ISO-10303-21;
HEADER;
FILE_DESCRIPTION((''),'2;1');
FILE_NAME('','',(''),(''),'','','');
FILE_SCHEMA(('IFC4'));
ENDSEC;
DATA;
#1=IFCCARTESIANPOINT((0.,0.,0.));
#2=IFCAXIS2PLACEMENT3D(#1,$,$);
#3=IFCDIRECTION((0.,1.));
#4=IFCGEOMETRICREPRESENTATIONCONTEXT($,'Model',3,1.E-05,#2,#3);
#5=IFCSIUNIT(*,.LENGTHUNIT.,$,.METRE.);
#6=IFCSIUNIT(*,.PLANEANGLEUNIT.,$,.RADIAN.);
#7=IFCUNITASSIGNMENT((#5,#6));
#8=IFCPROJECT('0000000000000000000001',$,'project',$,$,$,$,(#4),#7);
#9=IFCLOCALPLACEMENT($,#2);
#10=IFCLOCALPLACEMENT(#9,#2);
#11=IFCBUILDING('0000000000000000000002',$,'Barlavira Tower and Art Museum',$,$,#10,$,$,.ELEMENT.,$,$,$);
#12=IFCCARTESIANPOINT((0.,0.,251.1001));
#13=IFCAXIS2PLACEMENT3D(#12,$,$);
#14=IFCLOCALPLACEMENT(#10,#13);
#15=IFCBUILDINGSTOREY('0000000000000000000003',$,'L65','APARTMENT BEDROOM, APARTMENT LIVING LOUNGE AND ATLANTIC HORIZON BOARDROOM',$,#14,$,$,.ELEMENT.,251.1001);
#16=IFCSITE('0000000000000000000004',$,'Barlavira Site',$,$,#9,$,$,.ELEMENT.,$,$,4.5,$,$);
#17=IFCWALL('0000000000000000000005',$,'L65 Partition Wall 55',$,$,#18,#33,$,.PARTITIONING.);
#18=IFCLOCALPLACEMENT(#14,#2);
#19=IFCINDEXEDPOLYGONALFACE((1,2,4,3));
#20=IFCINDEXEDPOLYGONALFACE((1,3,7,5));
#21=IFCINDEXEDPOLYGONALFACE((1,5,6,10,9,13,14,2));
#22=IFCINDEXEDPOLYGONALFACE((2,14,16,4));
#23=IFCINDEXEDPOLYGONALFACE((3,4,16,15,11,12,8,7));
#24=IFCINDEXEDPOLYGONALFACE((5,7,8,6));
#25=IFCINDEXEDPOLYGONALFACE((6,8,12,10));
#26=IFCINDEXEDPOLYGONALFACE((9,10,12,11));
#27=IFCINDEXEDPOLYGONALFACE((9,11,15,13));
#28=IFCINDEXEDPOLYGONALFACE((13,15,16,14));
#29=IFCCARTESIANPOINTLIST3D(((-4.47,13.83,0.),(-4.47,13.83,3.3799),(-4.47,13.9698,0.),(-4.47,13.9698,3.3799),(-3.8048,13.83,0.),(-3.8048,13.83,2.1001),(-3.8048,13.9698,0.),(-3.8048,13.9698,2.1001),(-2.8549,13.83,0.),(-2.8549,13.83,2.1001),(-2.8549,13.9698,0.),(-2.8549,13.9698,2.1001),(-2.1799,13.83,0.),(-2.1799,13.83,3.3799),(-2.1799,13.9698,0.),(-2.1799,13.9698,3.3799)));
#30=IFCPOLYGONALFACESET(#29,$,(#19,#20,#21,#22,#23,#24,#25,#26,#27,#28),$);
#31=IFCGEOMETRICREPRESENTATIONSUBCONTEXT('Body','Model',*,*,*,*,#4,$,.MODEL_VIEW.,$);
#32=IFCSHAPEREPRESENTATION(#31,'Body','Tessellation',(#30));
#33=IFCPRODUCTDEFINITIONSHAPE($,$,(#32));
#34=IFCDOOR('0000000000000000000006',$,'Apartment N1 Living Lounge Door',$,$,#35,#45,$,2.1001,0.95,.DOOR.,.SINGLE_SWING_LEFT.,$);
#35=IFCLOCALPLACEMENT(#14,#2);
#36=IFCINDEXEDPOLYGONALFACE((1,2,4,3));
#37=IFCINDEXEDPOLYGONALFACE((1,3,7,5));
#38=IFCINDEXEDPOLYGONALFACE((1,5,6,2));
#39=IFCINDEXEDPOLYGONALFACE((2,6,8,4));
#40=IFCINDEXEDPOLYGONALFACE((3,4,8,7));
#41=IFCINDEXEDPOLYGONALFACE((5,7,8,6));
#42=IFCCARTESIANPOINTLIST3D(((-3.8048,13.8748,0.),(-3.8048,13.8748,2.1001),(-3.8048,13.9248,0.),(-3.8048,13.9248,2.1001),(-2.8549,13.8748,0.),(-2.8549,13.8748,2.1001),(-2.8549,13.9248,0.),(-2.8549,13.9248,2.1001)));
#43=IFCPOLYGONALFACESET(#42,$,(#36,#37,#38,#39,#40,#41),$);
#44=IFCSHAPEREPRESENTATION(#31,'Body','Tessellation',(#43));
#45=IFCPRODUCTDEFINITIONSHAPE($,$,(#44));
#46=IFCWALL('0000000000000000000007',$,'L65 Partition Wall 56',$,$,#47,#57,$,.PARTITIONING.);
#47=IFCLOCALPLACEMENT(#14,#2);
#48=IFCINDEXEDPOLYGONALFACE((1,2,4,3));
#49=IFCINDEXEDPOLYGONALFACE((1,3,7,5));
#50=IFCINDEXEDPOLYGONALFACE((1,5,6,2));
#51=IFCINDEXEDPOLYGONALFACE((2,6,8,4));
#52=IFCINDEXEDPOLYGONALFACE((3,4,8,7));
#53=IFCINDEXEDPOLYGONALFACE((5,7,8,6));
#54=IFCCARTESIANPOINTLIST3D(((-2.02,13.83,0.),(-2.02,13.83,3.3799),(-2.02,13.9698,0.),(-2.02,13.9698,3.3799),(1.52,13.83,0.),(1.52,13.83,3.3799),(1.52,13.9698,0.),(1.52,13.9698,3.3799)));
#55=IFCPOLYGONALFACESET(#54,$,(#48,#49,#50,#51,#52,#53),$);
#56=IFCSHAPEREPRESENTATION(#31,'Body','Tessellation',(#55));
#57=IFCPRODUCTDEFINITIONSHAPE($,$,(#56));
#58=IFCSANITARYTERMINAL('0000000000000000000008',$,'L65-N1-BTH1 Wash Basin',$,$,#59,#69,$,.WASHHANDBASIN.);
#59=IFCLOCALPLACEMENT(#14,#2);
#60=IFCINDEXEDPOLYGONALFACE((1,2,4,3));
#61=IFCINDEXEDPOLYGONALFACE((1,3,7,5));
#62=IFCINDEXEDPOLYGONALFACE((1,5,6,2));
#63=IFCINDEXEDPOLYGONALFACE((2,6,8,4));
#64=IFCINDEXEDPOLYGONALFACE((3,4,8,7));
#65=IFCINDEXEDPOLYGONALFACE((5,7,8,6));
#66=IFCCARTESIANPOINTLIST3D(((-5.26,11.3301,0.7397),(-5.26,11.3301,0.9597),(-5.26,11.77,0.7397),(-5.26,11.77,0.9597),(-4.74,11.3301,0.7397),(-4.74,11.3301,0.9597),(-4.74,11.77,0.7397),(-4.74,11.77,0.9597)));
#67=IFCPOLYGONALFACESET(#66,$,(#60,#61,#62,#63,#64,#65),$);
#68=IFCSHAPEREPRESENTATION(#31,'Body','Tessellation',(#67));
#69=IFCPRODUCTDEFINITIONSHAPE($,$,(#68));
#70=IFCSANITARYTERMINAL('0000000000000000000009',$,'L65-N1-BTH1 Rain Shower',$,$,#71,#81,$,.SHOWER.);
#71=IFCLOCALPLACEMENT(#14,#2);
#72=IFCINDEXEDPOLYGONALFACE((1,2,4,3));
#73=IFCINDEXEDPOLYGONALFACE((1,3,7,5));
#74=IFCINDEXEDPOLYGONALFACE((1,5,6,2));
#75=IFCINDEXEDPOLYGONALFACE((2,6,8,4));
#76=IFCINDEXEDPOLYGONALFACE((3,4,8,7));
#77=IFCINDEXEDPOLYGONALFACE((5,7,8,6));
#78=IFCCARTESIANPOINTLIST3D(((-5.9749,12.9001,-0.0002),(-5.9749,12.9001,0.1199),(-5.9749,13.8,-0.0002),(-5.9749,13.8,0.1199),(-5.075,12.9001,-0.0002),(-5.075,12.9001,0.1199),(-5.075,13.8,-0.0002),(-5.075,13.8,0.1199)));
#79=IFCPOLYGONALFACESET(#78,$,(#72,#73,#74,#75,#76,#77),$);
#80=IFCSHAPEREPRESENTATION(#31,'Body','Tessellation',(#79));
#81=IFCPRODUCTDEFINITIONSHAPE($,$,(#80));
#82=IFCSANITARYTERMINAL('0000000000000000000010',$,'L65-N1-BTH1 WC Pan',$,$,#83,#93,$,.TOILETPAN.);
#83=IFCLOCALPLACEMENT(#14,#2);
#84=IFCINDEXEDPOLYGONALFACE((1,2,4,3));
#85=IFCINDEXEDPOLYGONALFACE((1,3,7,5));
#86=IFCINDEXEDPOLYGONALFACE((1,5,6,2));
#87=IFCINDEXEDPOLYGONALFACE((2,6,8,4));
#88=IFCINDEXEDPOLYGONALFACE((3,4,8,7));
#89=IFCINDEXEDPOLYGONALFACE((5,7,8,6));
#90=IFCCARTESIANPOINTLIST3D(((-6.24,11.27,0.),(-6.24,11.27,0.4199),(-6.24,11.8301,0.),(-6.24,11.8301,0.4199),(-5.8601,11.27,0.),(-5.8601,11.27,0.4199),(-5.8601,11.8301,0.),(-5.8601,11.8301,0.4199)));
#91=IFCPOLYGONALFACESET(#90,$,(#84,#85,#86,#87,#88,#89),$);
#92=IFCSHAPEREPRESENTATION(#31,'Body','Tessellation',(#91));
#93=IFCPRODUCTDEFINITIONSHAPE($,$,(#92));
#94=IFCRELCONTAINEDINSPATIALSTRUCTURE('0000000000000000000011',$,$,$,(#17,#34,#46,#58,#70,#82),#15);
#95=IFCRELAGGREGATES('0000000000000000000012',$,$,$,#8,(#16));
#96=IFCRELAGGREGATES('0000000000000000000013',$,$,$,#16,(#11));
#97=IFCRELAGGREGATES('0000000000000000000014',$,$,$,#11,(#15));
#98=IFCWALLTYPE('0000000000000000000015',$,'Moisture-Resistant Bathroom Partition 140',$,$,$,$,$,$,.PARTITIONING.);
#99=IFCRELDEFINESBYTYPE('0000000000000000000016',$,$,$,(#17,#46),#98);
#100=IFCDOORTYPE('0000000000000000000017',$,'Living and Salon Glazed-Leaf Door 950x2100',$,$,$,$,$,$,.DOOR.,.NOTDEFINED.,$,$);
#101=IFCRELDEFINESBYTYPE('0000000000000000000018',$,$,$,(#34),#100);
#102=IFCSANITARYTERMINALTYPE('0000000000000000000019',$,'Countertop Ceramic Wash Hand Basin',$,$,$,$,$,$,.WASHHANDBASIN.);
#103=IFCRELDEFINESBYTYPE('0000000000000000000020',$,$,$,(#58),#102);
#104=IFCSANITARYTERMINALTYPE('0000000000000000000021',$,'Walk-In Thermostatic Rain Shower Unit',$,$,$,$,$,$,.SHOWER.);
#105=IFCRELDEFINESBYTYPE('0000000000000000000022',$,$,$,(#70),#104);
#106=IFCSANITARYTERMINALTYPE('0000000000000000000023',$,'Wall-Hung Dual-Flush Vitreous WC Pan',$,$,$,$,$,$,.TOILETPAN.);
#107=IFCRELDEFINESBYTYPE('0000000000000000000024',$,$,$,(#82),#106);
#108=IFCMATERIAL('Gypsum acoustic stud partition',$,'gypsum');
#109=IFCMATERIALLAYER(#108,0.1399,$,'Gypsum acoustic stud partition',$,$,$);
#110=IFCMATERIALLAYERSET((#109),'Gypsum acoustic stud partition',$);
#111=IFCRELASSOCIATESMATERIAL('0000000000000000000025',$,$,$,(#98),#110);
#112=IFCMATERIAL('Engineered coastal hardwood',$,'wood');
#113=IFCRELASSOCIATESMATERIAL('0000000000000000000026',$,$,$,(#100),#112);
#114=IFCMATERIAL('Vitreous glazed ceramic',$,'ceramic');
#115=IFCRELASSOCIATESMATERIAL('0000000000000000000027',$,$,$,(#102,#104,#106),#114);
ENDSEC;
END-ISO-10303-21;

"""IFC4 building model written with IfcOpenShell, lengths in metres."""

from ifc_helpers import new_model, si_unit, direction, frame, frame_2d, origin, origin_2d, place, context, subcontext, project, spatial, rectangle, extrude, material, layer, layer_set, type_object, element, fill, save


model = new_model("IFC4")

# Units and contexts
model_context = context("Model", 3, precision=1e-05, world=origin(), true_north=direction((0.0, 1.0)))
body_context = subcontext(model_context, "Body", "Model", "MODEL_VIEW")
ifc_project = project(units=[si_unit("LENGTHUNIT", "METRE"), si_unit("PLANEANGLEUNIT", "RADIAN")], contexts=[model_context])

# Site, building, storey
site_placement = place(None, origin())
site = spatial("IfcSite", under=ifc_project, at=site_placement, Name="Barlavira Site", CompositionType="ELEMENT", RefElevation=4.5)
building_placement = place(site_placement, origin())
building = spatial("IfcBuilding", under=site, at=building_placement, Name="Barlavira Tower and Art Museum", CompositionType="ELEMENT")
storey_placement = place(building_placement, frame((0.0, 0.0, 251.1001)))
storey = spatial("IfcBuildingStorey", under=building, at=storey_placement, Name="L65", Description="APARTMENT BEDROOM, APARTMENT LIVING LOUNGE AND ATLANTIC HORIZON BOARDROOM", CompositionType="ELEMENT", Elevation=251.1001)

# Shared definitions
ifc_material_1 = material(Name="Gypsum acoustic stud partition", Category="gypsum")
ifc_material_2 = material(Name="Engineered coastal hardwood", Category="wood")

# Shared definitions
ifc_layer_1 = layer(ifc_material_1, 0.1399, Name="Gypsum acoustic stud partition")
ifc_layer_set_1 = layer_set([ifc_layer_1], Name="Gypsum acoustic stud partition")
wall_type_1 = type_object("IfcWallType", Name="Moisture-Resistant Bathroom Partition 140", PredefinedType="PARTITIONING", material=ifc_layer_set_1)

# Wall, opening, door
wall_1_placement = place(storey_placement, frame((-4.47, 13.8999, 0.0), z_axis=(0.0, 0.0, 1.0), x_axis=(1.0, 0.0, 0.0)))
wall_1 = element("IfcWall", 1, at=wall_1_placement, inside=storey, type_object=wall_type_1, Name="L65 Partition Wall 55", PredefinedType="PARTITIONING", context=body_context, shape_type="SweptSolid", body=[
    extrude(rectangle(XDim=2.29, YDim=0.1399, at=frame_2d((1.145, 0.0))), origin(), (0.0, 0.0, 1.0), 3.3799),
])
opening_1_placement = place(wall_1_placement, frame((0.665, 0.0, 0.0)))
opening_1 = element("IfcOpeningElement", 2, at=opening_1_placement, cuts=wall_1, PredefinedType="OPENING", context=body_context, shape_type="SweptSolid", body=[
    extrude(rectangle(XDim=0.95, YDim=2.1001, at=frame_2d((0.4751, 1.05))), frame((0.0, 0.0801, 0.0), z_axis=(0.0, -1.0, 0.0), x_axis=(1.0, 0.0, 0.0)), (0.0, 0.0, 1.0), 0.1599),
])
door_type_1 = type_object("IfcDoorType", Name="Living and Salon Glazed-Leaf Door 950x2100", OperationType="NOTDEFINED", PredefinedType="DOOR", material=ifc_material_2)
door_1_placement = place(opening_1_placement, origin())
door_1 = element("IfcDoor", 3, at=door_1_placement, inside=storey, type_object=door_type_1, Name="Apartment N1 Living Lounge Door", OperationType="SINGLE_SWING_LEFT", OverallHeight=2.1001, OverallWidth=0.95, PredefinedType="DOOR", context=body_context, shape_type="SweptSolid", body=[
    extrude(rectangle(XDim=0.95, YDim=2.1001, at=frame_2d((0.4751, 1.05))), frame((0.0, 0.0249, 0.0), z_axis=(0.0, -1.0, 0.0), x_axis=(1.0, 0.0, 0.0)), (0.0, 0.0, 1.0), 0.05),
])
fill(opening_1, door_1)

# Wall
wall_2_placement = place(storey_placement, frame((-2.02, 13.8999, 0.0), z_axis=(0.0, 0.0, 1.0), x_axis=(1.0, 0.0, 0.0)))
element("IfcWall", 4, at=wall_2_placement, inside=storey, type_object=wall_type_1, Name="L65 Partition Wall 56", PredefinedType="PARTITIONING", context=body_context, shape_type="SweptSolid", body=[
    extrude(rectangle(XDim=3.54, YDim=0.1399, at=frame_2d((1.77, 0.0))), origin(), (0.0, 0.0, 1.0), 3.3799),
])

# Sanitary terminals
ifc_material_3 = material(Name="Vitreous glazed ceramic", Category="ceramic")
sanitary_terminal_type_1 = type_object("IfcSanitaryTerminalType", Name="Countertop Ceramic Wash Hand Basin", PredefinedType="WASHHANDBASIN", material=ifc_material_3)
sanitary_terminal_1_placement = place(storey_placement, frame((-5.0, 11.55, 0.7397), z_axis=(0.0, 0.0, 1.0), x_axis=(1.0, 0.0, 0.0)))
element("IfcSanitaryTerminal", 5, at=sanitary_terminal_1_placement, inside=storey, type_object=sanitary_terminal_type_1, Name="L65-N1-BTH1 Wash Basin", PredefinedType="WASHHANDBASIN", context=body_context, shape_type="SweptSolid", body=[
    extrude(rectangle(XDim=0.52, YDim=0.4399, at=origin_2d()), origin(), (0.0, 0.0, 1.0), 0.22),
])
sanitary_terminal_type_2 = type_object("IfcSanitaryTerminalType", Name="Walk-In Thermostatic Rain Shower Unit", PredefinedType="SHOWER", material=ifc_material_3)
sanitary_terminal_2_placement = place(storey_placement, frame((-5.5249, 13.3501, -0.0002), z_axis=(0.0, 0.0, 1.0), x_axis=(1.0, 0.0, 0.0)))
element("IfcSanitaryTerminal", 6, at=sanitary_terminal_2_placement, inside=storey, type_object=sanitary_terminal_type_2, Name="L65-N1-BTH1 Rain Shower", PredefinedType="SHOWER", context=body_context, shape_type="SweptSolid", body=[
    extrude(rectangle(XDim=0.8999, YDim=0.8999, at=origin_2d()), origin(), (0.0, 0.0, 1.0), 0.1201),
])
sanitary_terminal_type_3 = type_object("IfcSanitaryTerminalType", Name="Wall-Hung Dual-Flush Vitreous WC Pan", PredefinedType="TOILETPAN", material=ifc_material_3)
sanitary_terminal_3_placement = place(storey_placement, frame((-6.05, 11.55, 0.0), z_axis=(0.0, 0.0, 1.0), x_axis=(1.0, 0.0, 0.0)))
element("IfcSanitaryTerminal", 7, at=sanitary_terminal_3_placement, inside=storey, type_object=sanitary_terminal_type_3, Name="L65-N1-BTH1 WC Pan", PredefinedType="TOILETPAN", context=body_context, shape_type="SweptSolid", body=[
    extrude(rectangle(XDim=0.3799, YDim=0.5601, at=origin_2d()), origin(), (0.0, 0.0, 1.0), 0.4199),
])

save(model, "model.ifc")
